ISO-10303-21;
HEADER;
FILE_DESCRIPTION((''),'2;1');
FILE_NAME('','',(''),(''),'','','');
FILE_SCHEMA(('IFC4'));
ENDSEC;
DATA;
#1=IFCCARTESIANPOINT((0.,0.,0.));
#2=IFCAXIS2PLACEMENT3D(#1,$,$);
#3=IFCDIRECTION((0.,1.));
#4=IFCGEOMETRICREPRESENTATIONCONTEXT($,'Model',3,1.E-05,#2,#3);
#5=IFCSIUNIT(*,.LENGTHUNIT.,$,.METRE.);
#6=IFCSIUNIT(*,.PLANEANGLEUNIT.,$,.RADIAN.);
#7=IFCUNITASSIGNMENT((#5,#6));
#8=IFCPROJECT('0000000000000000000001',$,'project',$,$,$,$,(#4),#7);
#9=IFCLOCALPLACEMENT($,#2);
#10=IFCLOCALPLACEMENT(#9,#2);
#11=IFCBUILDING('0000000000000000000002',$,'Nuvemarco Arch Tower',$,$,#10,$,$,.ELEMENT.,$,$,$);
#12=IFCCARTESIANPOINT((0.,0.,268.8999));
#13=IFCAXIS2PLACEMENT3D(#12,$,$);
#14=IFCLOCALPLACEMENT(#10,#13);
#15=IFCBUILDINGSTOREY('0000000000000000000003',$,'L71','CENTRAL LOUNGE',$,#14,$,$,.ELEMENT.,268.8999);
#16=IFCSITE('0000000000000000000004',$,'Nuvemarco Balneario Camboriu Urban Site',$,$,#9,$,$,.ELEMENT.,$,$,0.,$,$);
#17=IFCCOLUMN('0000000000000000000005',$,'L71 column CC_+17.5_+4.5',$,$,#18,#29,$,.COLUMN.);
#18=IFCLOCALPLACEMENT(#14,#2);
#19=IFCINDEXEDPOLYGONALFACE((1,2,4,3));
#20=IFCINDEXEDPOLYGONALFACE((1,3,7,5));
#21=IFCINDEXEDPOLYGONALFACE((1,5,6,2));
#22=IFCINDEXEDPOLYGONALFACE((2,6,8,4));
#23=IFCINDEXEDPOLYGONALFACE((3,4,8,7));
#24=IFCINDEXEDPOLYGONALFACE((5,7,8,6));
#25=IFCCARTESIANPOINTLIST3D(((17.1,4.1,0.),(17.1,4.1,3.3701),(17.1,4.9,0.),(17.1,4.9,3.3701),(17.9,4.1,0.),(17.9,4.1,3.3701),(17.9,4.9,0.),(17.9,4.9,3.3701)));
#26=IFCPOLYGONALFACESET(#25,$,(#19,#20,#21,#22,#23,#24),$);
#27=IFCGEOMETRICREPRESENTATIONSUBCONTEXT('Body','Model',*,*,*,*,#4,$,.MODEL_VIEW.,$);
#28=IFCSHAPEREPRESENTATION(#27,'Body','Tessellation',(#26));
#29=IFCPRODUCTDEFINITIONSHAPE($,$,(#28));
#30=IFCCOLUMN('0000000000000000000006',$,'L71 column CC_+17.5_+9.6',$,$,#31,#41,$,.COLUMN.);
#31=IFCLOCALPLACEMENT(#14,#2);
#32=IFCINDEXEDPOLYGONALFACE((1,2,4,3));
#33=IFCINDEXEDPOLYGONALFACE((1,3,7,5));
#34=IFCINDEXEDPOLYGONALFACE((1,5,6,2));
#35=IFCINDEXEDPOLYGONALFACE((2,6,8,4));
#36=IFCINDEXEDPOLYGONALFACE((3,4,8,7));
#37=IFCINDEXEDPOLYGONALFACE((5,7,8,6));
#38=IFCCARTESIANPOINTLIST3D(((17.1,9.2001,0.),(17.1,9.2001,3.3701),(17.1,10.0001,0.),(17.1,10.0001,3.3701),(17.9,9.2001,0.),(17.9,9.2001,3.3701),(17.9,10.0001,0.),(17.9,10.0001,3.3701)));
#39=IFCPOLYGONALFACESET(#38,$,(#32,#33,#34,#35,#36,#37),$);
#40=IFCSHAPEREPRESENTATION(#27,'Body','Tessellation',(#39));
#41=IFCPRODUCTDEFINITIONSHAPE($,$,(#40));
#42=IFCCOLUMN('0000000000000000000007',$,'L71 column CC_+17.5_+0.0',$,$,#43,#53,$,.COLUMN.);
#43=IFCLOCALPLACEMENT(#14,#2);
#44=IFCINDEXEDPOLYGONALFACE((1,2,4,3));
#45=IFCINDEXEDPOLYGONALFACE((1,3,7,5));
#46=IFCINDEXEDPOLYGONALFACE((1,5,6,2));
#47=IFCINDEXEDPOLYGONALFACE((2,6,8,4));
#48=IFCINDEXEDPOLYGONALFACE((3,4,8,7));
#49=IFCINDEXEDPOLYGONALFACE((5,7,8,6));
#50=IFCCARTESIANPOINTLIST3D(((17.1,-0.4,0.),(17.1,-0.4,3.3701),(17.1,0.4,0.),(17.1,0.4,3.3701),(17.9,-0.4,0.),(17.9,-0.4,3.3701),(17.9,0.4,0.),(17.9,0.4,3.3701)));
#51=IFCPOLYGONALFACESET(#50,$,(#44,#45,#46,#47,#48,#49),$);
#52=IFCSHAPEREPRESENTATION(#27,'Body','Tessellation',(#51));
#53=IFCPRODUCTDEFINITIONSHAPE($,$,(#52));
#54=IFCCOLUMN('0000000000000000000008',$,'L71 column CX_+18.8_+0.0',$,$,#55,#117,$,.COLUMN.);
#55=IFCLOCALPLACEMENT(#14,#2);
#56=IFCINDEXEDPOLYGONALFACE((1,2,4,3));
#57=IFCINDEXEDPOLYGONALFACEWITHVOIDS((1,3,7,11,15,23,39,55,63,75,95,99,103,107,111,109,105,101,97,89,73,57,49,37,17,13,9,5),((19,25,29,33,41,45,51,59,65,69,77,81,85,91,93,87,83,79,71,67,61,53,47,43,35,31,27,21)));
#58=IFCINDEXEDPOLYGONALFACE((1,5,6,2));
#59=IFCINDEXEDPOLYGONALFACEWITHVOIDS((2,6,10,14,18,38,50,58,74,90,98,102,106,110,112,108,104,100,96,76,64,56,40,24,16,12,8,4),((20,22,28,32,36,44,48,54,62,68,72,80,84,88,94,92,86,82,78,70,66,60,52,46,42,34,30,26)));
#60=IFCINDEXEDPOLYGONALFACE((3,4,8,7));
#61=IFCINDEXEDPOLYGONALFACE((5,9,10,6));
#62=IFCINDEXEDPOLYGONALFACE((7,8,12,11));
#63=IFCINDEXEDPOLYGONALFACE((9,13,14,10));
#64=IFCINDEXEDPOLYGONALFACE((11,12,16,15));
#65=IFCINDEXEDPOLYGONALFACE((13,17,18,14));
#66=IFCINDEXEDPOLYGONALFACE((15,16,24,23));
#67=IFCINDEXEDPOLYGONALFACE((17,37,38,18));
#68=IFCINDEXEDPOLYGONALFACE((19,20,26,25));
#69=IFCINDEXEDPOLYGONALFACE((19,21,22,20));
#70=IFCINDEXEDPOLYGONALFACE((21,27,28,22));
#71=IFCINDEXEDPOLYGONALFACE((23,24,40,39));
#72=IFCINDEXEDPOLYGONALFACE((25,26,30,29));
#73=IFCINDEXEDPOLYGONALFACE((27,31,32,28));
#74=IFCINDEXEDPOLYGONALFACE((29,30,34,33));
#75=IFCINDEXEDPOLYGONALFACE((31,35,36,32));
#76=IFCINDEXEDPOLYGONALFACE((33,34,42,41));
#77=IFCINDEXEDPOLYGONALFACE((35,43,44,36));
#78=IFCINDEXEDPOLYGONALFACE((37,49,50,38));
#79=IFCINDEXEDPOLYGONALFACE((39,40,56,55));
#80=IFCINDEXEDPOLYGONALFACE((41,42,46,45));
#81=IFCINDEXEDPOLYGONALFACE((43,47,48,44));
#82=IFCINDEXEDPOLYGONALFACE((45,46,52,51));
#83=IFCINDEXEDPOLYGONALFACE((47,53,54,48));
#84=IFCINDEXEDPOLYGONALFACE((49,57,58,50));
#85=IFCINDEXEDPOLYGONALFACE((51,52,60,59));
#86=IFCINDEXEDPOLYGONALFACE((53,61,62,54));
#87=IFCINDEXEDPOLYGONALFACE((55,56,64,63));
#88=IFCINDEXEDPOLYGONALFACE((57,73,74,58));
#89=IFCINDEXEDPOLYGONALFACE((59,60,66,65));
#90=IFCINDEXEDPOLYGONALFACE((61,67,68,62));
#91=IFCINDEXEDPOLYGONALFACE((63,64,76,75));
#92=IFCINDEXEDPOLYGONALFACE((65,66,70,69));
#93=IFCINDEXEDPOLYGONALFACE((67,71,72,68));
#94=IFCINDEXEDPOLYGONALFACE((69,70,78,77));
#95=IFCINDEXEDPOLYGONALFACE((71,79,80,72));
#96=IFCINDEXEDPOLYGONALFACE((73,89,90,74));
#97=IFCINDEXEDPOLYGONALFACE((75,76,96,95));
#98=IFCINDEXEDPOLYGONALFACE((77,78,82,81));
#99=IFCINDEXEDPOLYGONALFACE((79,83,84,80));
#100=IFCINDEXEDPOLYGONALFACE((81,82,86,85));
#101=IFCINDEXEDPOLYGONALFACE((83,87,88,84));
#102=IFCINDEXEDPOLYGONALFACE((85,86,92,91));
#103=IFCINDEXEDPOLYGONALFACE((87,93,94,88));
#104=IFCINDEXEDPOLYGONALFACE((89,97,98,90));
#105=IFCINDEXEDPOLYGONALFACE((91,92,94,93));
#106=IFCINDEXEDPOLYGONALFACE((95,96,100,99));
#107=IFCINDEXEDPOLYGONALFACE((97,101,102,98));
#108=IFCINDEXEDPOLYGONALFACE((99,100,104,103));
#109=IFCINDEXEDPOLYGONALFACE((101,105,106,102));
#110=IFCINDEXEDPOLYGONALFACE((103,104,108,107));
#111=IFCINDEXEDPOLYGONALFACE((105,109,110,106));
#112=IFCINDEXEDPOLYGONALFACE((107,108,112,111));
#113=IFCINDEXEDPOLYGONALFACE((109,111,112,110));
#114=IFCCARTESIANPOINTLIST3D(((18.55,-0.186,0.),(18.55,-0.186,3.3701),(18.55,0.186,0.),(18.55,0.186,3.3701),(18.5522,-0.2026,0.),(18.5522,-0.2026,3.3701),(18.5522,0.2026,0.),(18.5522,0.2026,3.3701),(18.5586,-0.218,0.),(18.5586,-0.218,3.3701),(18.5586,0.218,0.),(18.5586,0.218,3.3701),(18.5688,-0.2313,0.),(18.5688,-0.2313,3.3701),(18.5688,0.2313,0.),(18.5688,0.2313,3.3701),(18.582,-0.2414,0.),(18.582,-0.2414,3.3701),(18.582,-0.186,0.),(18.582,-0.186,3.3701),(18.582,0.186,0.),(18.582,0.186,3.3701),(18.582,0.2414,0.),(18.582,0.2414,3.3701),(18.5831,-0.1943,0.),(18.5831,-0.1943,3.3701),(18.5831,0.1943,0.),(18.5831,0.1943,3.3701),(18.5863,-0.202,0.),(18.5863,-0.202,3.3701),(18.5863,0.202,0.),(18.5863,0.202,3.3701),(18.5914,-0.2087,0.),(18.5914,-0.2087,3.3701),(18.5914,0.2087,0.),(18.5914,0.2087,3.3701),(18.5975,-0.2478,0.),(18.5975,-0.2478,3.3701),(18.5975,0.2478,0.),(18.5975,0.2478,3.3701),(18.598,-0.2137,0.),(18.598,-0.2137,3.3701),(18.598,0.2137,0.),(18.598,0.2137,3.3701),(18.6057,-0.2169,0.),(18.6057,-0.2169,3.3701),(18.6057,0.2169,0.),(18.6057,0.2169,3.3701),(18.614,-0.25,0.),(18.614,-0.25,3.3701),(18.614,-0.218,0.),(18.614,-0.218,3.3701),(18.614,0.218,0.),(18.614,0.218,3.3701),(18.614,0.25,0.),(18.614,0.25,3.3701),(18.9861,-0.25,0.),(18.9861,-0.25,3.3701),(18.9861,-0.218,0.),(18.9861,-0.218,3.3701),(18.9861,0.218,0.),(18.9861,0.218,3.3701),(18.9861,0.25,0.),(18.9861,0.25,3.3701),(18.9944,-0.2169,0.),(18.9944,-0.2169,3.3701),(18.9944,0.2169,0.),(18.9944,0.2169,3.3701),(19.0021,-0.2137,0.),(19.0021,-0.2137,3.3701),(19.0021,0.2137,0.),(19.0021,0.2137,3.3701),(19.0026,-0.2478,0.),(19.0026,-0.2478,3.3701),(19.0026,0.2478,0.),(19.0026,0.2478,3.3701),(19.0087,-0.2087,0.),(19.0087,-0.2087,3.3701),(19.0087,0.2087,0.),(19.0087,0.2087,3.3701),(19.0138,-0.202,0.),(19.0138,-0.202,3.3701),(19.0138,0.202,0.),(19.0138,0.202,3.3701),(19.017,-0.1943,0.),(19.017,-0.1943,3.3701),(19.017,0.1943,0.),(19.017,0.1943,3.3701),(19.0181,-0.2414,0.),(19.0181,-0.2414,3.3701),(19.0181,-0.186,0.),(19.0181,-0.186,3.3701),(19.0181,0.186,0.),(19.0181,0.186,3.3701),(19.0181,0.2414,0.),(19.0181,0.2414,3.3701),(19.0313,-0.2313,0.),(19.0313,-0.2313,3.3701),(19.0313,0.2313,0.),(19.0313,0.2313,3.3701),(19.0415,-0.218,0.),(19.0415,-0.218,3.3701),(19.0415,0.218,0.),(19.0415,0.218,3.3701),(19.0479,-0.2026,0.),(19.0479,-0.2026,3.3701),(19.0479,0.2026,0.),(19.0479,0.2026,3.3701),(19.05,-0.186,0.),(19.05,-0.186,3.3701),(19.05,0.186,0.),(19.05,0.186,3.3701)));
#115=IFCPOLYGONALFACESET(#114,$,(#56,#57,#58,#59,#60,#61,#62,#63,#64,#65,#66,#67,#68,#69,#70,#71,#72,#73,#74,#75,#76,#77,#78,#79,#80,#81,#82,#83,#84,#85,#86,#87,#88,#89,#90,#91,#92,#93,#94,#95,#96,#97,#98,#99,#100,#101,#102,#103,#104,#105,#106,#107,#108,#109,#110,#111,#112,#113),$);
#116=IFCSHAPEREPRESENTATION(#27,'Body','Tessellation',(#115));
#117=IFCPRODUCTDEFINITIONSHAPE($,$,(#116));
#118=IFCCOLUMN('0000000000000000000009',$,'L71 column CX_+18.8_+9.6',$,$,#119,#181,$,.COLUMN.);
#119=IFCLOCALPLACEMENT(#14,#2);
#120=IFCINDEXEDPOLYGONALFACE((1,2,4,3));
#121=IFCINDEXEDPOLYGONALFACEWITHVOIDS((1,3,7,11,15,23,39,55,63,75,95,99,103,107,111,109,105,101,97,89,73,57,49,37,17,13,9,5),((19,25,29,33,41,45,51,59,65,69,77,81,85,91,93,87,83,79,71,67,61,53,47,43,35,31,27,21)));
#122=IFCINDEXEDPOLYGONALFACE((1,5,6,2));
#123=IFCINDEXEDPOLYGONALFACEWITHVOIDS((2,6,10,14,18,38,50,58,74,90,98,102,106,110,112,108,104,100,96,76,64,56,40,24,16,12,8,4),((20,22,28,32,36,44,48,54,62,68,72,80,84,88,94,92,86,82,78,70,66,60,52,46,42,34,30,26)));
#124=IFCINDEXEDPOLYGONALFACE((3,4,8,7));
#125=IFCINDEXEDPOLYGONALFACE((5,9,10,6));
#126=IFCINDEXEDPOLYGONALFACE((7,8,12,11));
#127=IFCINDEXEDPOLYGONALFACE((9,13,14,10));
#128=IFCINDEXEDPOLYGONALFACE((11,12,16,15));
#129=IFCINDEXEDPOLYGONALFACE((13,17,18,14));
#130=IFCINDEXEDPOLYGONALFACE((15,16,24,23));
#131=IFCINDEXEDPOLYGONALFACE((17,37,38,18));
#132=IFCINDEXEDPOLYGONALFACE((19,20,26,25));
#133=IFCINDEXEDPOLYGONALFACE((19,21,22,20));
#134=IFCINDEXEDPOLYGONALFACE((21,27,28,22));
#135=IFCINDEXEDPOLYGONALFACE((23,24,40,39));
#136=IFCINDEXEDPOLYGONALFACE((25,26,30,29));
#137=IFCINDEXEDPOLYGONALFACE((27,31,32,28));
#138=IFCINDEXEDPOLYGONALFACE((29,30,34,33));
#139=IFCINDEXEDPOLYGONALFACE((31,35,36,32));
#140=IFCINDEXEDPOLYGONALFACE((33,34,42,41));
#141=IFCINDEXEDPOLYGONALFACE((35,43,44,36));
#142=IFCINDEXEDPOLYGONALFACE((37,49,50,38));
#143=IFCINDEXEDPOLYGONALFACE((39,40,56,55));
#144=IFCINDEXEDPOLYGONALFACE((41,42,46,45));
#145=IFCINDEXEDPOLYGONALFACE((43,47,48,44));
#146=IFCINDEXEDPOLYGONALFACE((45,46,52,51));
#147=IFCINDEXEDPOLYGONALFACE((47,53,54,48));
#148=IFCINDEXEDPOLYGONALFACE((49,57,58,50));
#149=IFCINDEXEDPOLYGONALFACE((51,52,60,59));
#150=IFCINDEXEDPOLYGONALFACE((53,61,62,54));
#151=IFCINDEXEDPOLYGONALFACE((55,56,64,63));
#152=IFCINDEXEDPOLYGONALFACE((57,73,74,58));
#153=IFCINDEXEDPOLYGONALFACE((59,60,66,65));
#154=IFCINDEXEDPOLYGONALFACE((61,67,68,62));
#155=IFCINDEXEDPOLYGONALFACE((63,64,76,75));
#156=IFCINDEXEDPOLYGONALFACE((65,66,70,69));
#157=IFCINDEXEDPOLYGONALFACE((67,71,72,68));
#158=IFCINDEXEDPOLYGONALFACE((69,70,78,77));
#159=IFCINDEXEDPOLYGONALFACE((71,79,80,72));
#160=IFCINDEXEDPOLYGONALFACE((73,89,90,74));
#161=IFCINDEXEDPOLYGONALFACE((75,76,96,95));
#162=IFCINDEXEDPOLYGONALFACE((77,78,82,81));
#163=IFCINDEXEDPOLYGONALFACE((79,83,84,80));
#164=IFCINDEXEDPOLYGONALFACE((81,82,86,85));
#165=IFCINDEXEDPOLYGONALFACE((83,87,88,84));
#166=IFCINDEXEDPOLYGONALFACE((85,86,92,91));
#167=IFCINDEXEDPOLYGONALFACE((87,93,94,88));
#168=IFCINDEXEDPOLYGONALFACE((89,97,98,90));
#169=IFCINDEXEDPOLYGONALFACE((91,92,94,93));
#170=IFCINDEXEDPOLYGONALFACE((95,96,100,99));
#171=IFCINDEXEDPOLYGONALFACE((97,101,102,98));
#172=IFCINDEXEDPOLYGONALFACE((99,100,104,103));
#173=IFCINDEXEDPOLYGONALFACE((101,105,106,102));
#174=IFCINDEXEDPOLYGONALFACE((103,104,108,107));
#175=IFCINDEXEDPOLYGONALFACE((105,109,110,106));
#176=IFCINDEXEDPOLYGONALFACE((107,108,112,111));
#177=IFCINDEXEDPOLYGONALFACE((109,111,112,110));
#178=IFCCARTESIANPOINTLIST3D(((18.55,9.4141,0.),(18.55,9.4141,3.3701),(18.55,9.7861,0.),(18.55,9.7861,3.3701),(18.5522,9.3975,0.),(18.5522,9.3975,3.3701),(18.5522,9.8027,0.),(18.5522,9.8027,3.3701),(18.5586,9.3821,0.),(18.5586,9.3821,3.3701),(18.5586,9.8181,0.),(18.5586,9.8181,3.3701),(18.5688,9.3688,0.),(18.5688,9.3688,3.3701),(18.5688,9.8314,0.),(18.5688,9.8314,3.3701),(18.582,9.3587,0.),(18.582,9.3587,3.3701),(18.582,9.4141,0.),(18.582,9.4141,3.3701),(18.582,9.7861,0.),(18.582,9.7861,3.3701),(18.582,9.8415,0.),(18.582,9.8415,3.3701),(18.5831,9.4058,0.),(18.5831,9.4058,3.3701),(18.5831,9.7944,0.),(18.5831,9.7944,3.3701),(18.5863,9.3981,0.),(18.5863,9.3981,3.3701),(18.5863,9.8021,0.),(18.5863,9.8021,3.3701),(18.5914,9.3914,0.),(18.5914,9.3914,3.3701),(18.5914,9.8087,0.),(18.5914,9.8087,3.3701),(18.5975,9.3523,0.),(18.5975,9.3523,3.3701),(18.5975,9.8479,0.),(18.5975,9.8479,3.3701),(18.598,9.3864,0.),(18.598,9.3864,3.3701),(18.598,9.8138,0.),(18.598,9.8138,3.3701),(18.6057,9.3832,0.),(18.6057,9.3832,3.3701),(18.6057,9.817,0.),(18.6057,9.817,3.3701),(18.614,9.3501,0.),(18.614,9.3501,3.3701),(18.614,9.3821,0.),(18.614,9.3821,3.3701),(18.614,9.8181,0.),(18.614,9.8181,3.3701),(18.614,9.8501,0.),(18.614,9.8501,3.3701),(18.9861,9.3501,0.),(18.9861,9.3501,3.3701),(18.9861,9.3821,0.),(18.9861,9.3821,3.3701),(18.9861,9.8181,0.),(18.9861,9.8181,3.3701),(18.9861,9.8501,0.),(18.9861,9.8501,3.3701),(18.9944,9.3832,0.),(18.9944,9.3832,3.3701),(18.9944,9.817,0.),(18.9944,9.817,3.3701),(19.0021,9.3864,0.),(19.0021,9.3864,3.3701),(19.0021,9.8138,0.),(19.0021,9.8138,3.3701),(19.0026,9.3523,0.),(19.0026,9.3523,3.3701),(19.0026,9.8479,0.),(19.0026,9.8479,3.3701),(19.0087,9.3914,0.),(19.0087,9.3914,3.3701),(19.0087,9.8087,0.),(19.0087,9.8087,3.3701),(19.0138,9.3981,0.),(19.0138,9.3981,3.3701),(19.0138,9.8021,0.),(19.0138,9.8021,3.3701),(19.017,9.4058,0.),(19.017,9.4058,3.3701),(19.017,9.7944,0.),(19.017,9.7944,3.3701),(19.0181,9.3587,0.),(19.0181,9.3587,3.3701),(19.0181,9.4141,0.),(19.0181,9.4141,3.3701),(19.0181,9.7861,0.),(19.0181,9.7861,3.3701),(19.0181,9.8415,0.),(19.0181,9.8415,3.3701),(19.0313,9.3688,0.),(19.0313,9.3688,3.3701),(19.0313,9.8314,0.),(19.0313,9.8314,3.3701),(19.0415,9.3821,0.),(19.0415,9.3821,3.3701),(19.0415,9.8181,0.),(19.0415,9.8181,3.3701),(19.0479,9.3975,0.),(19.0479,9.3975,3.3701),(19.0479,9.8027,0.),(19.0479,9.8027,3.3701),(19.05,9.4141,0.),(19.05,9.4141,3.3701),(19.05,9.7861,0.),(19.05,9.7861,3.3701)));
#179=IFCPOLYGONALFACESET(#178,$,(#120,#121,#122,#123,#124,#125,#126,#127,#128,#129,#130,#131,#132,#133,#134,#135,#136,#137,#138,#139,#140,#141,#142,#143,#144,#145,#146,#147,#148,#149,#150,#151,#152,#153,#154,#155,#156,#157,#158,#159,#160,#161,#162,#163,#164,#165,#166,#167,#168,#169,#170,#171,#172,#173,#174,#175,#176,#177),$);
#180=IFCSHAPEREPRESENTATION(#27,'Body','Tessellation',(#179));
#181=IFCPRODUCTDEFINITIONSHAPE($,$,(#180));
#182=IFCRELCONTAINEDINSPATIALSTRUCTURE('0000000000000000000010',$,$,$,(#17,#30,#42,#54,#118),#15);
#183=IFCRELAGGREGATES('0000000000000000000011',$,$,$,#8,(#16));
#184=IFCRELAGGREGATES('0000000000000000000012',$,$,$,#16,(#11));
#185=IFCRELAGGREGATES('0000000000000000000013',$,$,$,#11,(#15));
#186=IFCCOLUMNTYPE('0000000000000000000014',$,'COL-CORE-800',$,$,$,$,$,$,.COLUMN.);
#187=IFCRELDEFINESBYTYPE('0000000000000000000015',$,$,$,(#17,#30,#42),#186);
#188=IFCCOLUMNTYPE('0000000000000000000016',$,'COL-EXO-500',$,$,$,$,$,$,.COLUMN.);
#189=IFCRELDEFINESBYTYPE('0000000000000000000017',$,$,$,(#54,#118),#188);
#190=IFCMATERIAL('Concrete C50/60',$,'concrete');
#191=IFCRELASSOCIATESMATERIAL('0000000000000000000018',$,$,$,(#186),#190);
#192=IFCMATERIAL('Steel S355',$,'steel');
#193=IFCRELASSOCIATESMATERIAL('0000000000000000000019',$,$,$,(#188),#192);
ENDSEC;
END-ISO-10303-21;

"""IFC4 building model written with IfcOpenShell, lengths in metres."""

from ifc_helpers import new_model, si_unit, direction, frame, origin, origin_2d, place, context, subcontext, project, spatial, rectangle, hollow_rectangle, extrude, material, material_profile, profile_set, type_object, element, save


model = new_model("IFC4")

# Units and contexts
model_context = context("Model", 3, precision=1e-05, world=origin(), true_north=direction((0.0, 1.0)))
body_context = subcontext(model_context, "Body", "Model", "MODEL_VIEW")
ifc_project = project(units=[si_unit("LENGTHUNIT", "METRE"), si_unit("PLANEANGLEUNIT", "RADIAN")], contexts=[model_context])

# Site, building, storey
site_placement = place(None, origin())
site = spatial("IfcSite", under=ifc_project, at=site_placement, Name="Nuvemarco Balneario Camboriu Urban Site", CompositionType="ELEMENT", RefElevation=0.0)
building_placement = place(site_placement, origin())
building = spatial("IfcBuilding", under=site, at=building_placement, Name="Nuvemarco Arch Tower", CompositionType="ELEMENT")
storey_placement = place(building_placement, frame((0.0, 0.0, 268.8999)))
storey = spatial("IfcBuildingStorey", under=building, at=storey_placement, Name="L71", Description="CENTRAL LOUNGE", CompositionType="ELEMENT", Elevation=268.8999)

# Columns
ifc_material_1 = material(Name="Concrete C50/60", Category="concrete")
ifc_material_profile_1 = material_profile(ifc_material_1, rectangle(XDim=0.8, YDim=0.8, at=origin_2d()), Name="RC-COL-800x800")
ifc_profile_set_1 = profile_set([ifc_material_profile_1], Name="Concrete C50/60")
column_type_1 = type_object("IfcColumnType", Name="COL-CORE-800", PredefinedType="COLUMN", material=ifc_profile_set_1)
for number, where, z_axis, x_axis, name in (
    (1, (17.5, 4.5, 0.0), (0.0, 0.0, 1.0), (1.0, 0.0, 0.0), "L71 column CC_+17.5_+4.5"),
    (2, (17.5, 9.6001, 0.0), (0.0, 0.0, 1.0), (1.0, 0.0, 0.0), "L71 column CC_+17.5_+9.6"),
    (3, (17.5, 0.0, 0.0), (0.0, 0.0, 1.0), (1.0, 0.0, 0.0), "L71 column CC_+17.5_+0.0"),
):
    element("IfcColumn", number, at=place(storey_placement, frame(where, z_axis=z_axis, x_axis=x_axis)), inside=storey, type_object=column_type_1, Name=name, PredefinedType="COLUMN", context=body_context, shape_type="SweptSolid", body=[
        extrude(rectangle(XDim=0.8, YDim=0.8, at=origin_2d()), origin(), (0.0, 0.0, 1.0), 3.3701),
    ])
ifc_material_2 = material(Name="Steel S355", Category="steel")
ifc_material_profile_2 = material_profile(ifc_material_2, hollow_rectangle(XDim=0.5, YDim=0.5, WallThickness=0.032, InnerFilletRadius=0.032, OuterFilletRadius=0.064, at=origin_2d()), Name="SHS500x500x32")
ifc_profile_set_2 = profile_set([ifc_material_profile_2], Name="Steel S355")
column_type_2 = type_object("IfcColumnType", Name="COL-EXO-500", PredefinedType="COLUMN", material=ifc_profile_set_2)
for number, where, z_axis, x_axis, name in (
    (4, (18.8, 0.0, 0.0), (0.0, 0.0, 1.0), (1.0, 0.0, 0.0), "L71 column CX_+18.8_+0.0"),
    (5, (18.8, 9.6001, 0.0), (0.0, 0.0, 1.0), (1.0, 0.0, 0.0), "L71 column CX_+18.8_+9.6"),
):
    element("IfcColumn", number, at=place(storey_placement, frame(where, z_axis=z_axis, x_axis=x_axis)), inside=storey, type_object=column_type_2, Name=name, PredefinedType="COLUMN", context=body_context, shape_type="SweptSolid", body=[
        extrude(hollow_rectangle(XDim=0.5, YDim=0.5, WallThickness=0.032, InnerFilletRadius=0.032, OuterFilletRadius=0.064, at=origin_2d()), origin(), (0.0, 0.0, 1.0), 3.3701),
    ])

save(model, "model.ifc")
